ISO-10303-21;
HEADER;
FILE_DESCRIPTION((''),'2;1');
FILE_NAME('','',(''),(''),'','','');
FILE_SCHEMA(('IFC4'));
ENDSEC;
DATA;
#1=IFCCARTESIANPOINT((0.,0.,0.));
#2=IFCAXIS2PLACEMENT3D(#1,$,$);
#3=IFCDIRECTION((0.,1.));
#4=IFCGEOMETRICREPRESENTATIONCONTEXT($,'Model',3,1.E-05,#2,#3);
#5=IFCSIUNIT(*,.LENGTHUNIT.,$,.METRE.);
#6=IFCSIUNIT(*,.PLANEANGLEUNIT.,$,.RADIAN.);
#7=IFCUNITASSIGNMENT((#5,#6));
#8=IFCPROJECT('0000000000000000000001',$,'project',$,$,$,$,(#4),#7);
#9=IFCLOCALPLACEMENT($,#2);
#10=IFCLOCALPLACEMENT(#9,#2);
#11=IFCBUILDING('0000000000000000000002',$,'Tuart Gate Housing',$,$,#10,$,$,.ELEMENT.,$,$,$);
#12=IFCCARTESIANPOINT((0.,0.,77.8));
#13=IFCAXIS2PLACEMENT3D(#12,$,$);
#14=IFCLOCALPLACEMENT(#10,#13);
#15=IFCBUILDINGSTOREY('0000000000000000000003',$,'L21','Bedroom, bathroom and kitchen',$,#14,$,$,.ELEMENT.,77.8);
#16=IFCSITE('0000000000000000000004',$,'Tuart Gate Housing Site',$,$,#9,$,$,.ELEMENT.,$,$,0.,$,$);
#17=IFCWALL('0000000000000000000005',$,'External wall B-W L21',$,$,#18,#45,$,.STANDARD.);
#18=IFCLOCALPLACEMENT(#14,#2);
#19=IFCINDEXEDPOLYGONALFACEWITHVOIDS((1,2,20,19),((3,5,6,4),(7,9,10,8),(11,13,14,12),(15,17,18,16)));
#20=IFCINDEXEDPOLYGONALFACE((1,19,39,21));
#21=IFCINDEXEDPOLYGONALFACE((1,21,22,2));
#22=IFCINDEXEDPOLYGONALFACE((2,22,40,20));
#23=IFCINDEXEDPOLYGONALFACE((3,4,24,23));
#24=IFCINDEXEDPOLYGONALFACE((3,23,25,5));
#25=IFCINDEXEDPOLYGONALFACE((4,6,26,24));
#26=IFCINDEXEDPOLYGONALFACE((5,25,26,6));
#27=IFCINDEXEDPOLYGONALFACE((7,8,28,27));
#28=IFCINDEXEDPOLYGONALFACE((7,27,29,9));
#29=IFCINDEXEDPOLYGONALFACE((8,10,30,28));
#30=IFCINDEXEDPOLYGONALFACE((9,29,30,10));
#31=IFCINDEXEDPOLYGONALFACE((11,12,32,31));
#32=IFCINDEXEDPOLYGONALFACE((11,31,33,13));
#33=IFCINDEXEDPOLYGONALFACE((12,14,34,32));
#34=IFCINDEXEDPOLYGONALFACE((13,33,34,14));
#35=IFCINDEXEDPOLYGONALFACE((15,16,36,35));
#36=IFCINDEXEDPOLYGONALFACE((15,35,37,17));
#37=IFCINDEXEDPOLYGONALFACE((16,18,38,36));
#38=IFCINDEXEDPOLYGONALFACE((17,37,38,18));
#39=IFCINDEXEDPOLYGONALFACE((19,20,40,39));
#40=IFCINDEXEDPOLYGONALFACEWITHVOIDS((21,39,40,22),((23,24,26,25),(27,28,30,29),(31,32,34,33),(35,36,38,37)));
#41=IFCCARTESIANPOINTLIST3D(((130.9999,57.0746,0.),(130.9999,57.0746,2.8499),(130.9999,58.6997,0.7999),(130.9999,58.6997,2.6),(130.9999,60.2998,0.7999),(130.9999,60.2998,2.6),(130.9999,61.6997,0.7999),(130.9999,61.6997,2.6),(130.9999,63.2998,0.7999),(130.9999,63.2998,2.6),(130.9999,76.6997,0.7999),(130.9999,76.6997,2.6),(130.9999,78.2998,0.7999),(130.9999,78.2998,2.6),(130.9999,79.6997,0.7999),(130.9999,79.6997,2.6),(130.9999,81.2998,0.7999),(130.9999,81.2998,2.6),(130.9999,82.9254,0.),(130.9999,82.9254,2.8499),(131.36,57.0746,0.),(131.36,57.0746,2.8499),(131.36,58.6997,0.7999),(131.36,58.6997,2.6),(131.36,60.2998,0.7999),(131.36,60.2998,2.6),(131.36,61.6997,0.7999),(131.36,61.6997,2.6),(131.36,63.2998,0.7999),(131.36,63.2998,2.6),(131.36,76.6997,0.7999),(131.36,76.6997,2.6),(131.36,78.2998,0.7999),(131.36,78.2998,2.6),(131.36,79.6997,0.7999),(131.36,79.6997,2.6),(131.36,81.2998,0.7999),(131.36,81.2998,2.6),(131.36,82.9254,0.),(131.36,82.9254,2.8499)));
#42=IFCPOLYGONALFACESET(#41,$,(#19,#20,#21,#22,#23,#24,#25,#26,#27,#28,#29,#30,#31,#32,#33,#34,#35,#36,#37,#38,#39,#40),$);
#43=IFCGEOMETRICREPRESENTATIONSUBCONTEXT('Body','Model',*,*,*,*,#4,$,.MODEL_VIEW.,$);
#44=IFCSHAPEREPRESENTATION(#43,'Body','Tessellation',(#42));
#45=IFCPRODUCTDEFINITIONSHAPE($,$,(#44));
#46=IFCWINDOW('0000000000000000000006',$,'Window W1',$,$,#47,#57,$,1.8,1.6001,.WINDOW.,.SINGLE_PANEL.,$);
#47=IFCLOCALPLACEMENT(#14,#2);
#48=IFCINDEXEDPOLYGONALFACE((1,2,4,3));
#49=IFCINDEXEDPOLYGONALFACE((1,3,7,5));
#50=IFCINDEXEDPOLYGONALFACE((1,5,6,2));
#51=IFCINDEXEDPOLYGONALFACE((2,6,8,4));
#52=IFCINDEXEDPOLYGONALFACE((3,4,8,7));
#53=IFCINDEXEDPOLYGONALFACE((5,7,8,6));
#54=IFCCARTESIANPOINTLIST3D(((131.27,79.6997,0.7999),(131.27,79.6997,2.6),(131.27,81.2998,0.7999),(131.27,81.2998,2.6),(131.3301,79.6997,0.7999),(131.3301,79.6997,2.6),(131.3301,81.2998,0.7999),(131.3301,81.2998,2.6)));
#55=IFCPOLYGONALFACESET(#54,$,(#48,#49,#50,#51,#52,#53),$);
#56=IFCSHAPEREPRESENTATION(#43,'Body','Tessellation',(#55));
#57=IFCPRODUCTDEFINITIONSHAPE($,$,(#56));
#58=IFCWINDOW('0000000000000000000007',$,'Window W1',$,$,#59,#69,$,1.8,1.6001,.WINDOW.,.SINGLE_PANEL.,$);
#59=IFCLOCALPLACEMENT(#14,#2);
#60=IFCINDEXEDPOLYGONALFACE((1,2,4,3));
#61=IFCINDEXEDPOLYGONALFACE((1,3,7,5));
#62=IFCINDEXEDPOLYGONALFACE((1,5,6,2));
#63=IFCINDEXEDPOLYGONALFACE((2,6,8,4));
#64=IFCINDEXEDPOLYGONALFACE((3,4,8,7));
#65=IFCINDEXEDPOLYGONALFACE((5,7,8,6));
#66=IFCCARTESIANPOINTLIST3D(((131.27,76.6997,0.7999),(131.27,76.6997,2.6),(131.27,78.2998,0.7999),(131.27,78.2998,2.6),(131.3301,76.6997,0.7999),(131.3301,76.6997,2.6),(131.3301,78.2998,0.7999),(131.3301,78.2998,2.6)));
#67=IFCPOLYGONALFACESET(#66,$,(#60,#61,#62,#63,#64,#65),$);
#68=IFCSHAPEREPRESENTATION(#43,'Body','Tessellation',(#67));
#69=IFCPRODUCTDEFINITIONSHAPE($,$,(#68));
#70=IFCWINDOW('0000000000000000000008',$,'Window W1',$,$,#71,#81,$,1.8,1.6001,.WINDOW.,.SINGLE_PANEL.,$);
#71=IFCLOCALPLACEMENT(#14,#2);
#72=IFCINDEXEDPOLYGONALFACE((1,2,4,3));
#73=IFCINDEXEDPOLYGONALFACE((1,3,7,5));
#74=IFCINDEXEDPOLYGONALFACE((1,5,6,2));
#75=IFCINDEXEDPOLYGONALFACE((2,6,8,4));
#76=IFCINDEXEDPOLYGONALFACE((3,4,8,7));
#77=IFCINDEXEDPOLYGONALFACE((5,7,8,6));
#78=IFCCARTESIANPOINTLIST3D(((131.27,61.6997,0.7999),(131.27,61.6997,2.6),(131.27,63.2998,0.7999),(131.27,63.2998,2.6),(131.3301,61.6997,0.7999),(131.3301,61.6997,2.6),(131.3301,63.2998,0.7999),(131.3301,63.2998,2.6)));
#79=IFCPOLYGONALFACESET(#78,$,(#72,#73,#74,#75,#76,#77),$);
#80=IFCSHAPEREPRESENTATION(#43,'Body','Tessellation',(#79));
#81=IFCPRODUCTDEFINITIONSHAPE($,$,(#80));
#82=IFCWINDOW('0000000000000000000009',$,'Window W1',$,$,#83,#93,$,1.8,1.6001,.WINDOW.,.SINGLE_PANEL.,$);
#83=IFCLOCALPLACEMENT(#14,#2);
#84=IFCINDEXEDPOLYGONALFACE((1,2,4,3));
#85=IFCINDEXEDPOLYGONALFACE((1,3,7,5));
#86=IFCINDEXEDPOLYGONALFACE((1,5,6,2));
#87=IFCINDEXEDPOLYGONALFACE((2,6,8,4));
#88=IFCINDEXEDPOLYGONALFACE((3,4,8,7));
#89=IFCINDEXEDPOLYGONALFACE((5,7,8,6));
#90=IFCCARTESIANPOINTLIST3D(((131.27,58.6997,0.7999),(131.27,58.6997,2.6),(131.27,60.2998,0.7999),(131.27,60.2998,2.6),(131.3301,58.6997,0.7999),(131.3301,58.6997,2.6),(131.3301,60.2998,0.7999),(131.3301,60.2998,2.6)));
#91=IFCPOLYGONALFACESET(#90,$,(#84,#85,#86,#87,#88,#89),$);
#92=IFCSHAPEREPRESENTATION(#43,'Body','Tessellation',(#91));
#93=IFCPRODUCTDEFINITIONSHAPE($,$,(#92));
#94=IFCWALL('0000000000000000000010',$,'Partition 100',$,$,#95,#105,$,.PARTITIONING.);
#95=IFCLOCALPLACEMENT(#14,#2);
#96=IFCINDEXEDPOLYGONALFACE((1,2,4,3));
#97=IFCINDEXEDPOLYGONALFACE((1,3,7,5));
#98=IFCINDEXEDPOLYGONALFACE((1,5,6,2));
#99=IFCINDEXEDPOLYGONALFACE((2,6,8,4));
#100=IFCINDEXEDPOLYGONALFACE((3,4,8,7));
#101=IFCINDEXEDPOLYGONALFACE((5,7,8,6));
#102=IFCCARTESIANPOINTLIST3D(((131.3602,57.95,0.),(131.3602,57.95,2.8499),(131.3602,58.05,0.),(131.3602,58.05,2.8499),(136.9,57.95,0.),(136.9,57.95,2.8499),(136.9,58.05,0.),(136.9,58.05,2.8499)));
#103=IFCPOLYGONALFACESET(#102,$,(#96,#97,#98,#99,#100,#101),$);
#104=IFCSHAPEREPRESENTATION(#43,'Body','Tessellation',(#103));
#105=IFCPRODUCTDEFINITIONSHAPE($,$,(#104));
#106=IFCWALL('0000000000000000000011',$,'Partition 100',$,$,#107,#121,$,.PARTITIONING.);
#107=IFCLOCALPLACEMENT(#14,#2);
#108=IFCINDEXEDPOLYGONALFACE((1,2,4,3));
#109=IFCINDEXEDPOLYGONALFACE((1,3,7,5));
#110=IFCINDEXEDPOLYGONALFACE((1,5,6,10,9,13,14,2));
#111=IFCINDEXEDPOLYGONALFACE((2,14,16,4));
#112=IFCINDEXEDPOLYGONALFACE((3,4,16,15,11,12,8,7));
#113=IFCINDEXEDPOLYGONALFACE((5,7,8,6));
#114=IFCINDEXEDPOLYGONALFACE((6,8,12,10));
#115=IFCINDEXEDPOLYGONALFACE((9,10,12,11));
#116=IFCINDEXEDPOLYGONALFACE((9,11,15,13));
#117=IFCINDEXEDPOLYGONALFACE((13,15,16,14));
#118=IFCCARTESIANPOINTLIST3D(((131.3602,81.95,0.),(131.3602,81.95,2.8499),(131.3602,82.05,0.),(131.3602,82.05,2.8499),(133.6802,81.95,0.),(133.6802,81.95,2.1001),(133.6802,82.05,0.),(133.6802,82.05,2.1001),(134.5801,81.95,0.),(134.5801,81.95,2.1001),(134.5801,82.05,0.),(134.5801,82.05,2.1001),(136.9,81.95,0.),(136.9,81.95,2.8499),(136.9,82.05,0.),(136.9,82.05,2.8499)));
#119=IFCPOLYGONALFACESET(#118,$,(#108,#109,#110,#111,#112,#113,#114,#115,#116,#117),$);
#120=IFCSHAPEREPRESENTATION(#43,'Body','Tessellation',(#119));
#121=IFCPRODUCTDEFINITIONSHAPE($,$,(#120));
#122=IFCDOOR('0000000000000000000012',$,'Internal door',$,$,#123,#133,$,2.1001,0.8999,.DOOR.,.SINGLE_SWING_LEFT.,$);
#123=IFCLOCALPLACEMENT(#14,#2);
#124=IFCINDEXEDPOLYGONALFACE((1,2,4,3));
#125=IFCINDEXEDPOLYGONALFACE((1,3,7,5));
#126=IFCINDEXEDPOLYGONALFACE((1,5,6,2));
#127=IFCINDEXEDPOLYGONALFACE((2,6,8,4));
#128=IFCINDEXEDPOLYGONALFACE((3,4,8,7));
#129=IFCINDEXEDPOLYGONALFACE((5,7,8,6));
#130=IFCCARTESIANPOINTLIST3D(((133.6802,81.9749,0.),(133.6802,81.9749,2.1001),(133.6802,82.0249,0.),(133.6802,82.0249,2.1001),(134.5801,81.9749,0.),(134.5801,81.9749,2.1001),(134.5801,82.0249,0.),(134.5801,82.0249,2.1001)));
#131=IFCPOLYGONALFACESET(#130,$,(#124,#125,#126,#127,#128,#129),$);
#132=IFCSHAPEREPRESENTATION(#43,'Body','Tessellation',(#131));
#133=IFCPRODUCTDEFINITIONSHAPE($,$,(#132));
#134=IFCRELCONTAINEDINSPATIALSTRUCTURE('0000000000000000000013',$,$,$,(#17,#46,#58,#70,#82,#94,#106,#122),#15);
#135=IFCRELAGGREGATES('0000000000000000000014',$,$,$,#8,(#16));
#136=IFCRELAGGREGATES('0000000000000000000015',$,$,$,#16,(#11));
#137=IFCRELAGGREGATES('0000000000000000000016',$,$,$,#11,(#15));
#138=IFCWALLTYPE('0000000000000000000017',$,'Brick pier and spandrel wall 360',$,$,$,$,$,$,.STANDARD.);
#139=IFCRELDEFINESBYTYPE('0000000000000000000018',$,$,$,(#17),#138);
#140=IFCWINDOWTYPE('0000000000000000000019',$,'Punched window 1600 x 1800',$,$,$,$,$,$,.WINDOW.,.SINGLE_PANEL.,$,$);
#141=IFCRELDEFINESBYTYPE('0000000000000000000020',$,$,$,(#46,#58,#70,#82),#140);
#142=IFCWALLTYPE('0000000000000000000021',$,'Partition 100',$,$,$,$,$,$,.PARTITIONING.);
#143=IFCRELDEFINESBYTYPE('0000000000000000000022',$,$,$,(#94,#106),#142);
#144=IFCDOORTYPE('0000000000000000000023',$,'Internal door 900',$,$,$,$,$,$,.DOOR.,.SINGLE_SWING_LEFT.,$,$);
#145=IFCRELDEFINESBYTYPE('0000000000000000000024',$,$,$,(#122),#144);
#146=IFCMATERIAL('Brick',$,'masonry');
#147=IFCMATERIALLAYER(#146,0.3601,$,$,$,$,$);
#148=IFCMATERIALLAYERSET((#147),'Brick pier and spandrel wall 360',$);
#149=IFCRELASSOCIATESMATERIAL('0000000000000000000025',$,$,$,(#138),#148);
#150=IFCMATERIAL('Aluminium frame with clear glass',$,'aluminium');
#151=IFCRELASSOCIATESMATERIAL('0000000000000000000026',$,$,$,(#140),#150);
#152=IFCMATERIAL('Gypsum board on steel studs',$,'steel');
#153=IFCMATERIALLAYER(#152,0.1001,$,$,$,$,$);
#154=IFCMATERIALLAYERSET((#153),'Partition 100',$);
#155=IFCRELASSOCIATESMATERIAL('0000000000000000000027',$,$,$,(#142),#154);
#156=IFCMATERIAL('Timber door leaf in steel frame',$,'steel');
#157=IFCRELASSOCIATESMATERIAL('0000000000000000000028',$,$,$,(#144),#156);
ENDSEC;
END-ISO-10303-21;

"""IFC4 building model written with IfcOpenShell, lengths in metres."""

from ifc_helpers import new_model, si_unit, direction, frame, frame_2d, origin, place, context, subcontext, project, spatial, rectangle, extrude, material, layer, layer_set, type_object, element, fill, save


model = new_model("IFC4")

# Units and contexts
model_context = context("Model", 3, precision=1e-05, world=origin(), true_north=direction((0.0, 1.0)))
body_context = subcontext(model_context, "Body", "Model", "MODEL_VIEW")
ifc_project = project(units=[si_unit("LENGTHUNIT", "METRE"), si_unit("PLANEANGLEUNIT", "RADIAN")], contexts=[model_context])

# Site, building, storey
site_placement = place(None, origin())
site = spatial("IfcSite", under=ifc_project, at=site_placement, Name="Tuart Gate Housing Site", CompositionType="ELEMENT", RefElevation=0.0)
building_placement = place(site_placement, origin())
building = spatial("IfcBuilding", under=site, at=building_placement, Name="Tuart Gate Housing", CompositionType="ELEMENT")
storey_placement = place(building_placement, frame((0.0, 0.0, 77.8)))
storey = spatial("IfcBuildingStorey", under=building, at=storey_placement, Name="L21", Description="Bedroom, bathroom and kitchen", CompositionType="ELEMENT", Elevation=77.8)

# Shared definitions
ifc_material_1 = material(Name="Brick", Category="masonry")
ifc_layer_1 = layer(ifc_material_1, 0.3601)
ifc_layer_set_1 = layer_set([ifc_layer_1], Name="Brick pier and spandrel wall 360")
wall_type_1 = type_object("IfcWallType", Name="Brick pier and spandrel wall 360", PredefinedType="STANDARD", material=ifc_layer_set_1)
ifc_material_2 = material(Name="Aluminium frame with clear glass", Category="aluminium")
window_type = type_object("IfcWindowType", Name="Punched window 1600 x 1800", PartitioningType="SINGLE_PANEL", PredefinedType="WINDOW", material=ifc_material_2)

# Wall, openings, windows
wall_1_placement = place(storey_placement, frame((131.1799, 82.9253, 0.0), z_axis=(0.0, 0.0, 1.0), x_axis=(0.0, -1.0, 0.0)))
wall_1 = element("IfcWall", 1, at=wall_1_placement, inside=storey, type_object=wall_type_1, Name="External wall B-W L21", PredefinedType="STANDARD", context=body_context, shape_type="SweptSolid", body=[
    extrude(rectangle(XDim=25.8508, YDim=0.3601, at=frame_2d((12.9253, 0.0))), origin(), (0.0, 0.0, 1.0), 2.8499),
])
opening_1_placement = place(wall_1_placement, frame((1.6255, 0.0, 0.8)))
opening_1 = element("IfcOpeningElement", 2, at=opening_1_placement, cuts=wall_1, PredefinedType="OPENING", context=body_context, shape_type="SweptSolid", body=[
    extrude(rectangle(XDim=1.6001, YDim=1.8, at=frame_2d((0.8, 0.8999))), frame((0.0, 0.1899, 0.0), z_axis=(0.0, -1.0, 0.0), x_axis=(1.0, 0.0, 0.0)), (0.0, 0.0, 1.0), 0.3801),
])
opening_2_placement = place(wall_1_placement, frame((4.6255, 0.0, 0.8)))
opening_2 = element("IfcOpeningElement", 3, at=opening_2_placement, cuts=wall_1, PredefinedType="OPENING", context=body_context, shape_type="SweptSolid", body=[
    extrude(rectangle(XDim=1.6001, YDim=1.8, at=frame_2d((0.8, 0.8999))), frame((0.0, 0.1899, 0.0), z_axis=(0.0, -1.0, 0.0), x_axis=(1.0, 0.0, 0.0)), (0.0, 0.0, 1.0), 0.3801),
])
opening_3_placement = place(wall_1_placement, frame((19.6255, 0.0, 0.8)))
opening_3 = element("IfcOpeningElement", 4, at=opening_3_placement, cuts=wall_1, PredefinedType="OPENING", context=body_context, shape_type="SweptSolid", body=[
    extrude(rectangle(XDim=1.6001, YDim=1.8, at=frame_2d((0.8, 0.8999))), frame((0.0, 0.1899, 0.0), z_axis=(0.0, -1.0, 0.0), x_axis=(1.0, 0.0, 0.0)), (0.0, 0.0, 1.0), 0.3801),
])
opening_4_placement = place(wall_1_placement, frame((22.6255, 0.0, 0.8)))
opening_4 = element("IfcOpeningElement", 5, at=opening_4_placement, cuts=wall_1, PredefinedType="OPENING", context=body_context, shape_type="SweptSolid", body=[
    extrude(rectangle(XDim=1.6001, YDim=1.8, at=frame_2d((0.8, 0.8999))), frame((0.0, 0.1899, 0.0), z_axis=(0.0, -1.0, 0.0), x_axis=(1.0, 0.0, 0.0)), (0.0, 0.0, 1.0), 0.3801),
])
window_1_placement = place(opening_1_placement, origin())
window_1 = element("IfcWindow", 6, at=window_1_placement, inside=storey, type_object=window_type, Name="Window W1", OverallHeight=1.8, OverallWidth=1.6001, PartitioningType="SINGLE_PANEL", PredefinedType="WINDOW", context=body_context, shape_type="SweptSolid", body=[
    extrude(rectangle(XDim=1.6001, YDim=1.8, at=frame_2d((0.8, 0.8999))), frame((0.0, 0.1501, 0.0), z_axis=(0.0, -1.0, 0.0), x_axis=(1.0, 0.0, 0.0)), (0.0, 0.0, 1.0), 0.0601),
])
fill(opening_1, window_1)
window_2_placement = place(opening_2_placement, origin())
window_2 = element("IfcWindow", 7, at=window_2_placement, inside=storey, type_object=window_type, Name="Window W1", OverallHeight=1.8, OverallWidth=1.6001, PartitioningType="SINGLE_PANEL", PredefinedType="WINDOW", context=body_context, shape_type="SweptSolid", body=[
    extrude(rectangle(XDim=1.6001, YDim=1.8, at=frame_2d((0.8, 0.8999))), frame((0.0, 0.1501, 0.0), z_axis=(0.0, -1.0, 0.0), x_axis=(1.0, 0.0, 0.0)), (0.0, 0.0, 1.0), 0.0601),
])
fill(opening_2, window_2)
window_3_placement = place(opening_3_placement, origin())
window_3 = element("IfcWindow", 8, at=window_3_placement, inside=storey, type_object=window_type, Name="Window W1", OverallHeight=1.8, OverallWidth=1.6001, PartitioningType="SINGLE_PANEL", PredefinedType="WINDOW", context=body_context, shape_type="SweptSolid", body=[
    extrude(rectangle(XDim=1.6001, YDim=1.8, at=frame_2d((0.8, 0.8999))), frame((0.0, 0.1501, 0.0), z_axis=(0.0, -1.0, 0.0), x_axis=(1.0, 0.0, 0.0)), (0.0, 0.0, 1.0), 0.0601),
])
fill(opening_3, window_3)
window_4_placement = place(opening_4_placement, origin())
window_4 = element("IfcWindow", 9, at=window_4_placement, inside=storey, type_object=window_type, Name="Window W1", OverallHeight=1.8, OverallWidth=1.6001, PartitioningType="SINGLE_PANEL", PredefinedType="WINDOW", context=body_context, shape_type="SweptSolid", body=[
    extrude(rectangle(XDim=1.6001, YDim=1.8, at=frame_2d((0.8, 0.8999))), frame((0.0, 0.1501, 0.0), z_axis=(0.0, -1.0, 0.0), x_axis=(1.0, 0.0, 0.0)), (0.0, 0.0, 1.0), 0.0601),
])
fill(opening_4, window_4)

# Wall
ifc_material_3 = material(Name="Gypsum board on steel studs", Category="steel")
ifc_layer_2 = layer(ifc_material_3, 0.1001)
ifc_layer_set_2 = layer_set([ifc_layer_2], Name="Partition 100")
wall_type_2 = type_object("IfcWallType", Name="Partition 100", PredefinedType="PARTITIONING", material=ifc_layer_set_2)
wall_2_placement = place(storey_placement, frame((131.3601, 58.0, 0.0), z_axis=(0.0, 0.0, 1.0), x_axis=(1.0, 0.0, 0.0)))
element("IfcWall", 10, at=wall_2_placement, inside=storey, type_object=wall_type_2, Name="Partition 100", PredefinedType="PARTITIONING", context=body_context, shape_type="SweptSolid", body=[
    extrude(rectangle(XDim=5.5398, YDim=0.1001, at=frame_2d((2.77, 0.0))), origin(), (0.0, 0.0, 1.0), 2.8499),
])

# Wall, opening, door
wall_3_placement = place(storey_placement, frame((131.3601, 82.0, 0.0), z_axis=(0.0, 0.0, 1.0), x_axis=(1.0, 0.0, 0.0)))
wall_3 = element("IfcWall", 11, at=wall_3_placement, inside=storey, type_object=wall_type_2, Name="Partition 100", PredefinedType="PARTITIONING", context=body_context, shape_type="SweptSolid", body=[
    extrude(rectangle(XDim=5.5398, YDim=0.1001, at=frame_2d((2.77, 0.0))), origin(), (0.0, 0.0, 1.0), 2.8499),
])
opening_5_placement = place(wall_3_placement, frame((2.3201, 0.0, 0.0)))
opening_5 = element("IfcOpeningElement", 12, at=opening_5_placement, cuts=wall_3, PredefinedType="OPENING", context=body_context, shape_type="SweptSolid", body=[
    extrude(rectangle(XDim=0.8999, YDim=2.1001, at=frame_2d((0.45, 1.05))), frame((0.0, 0.0601, 0.0), z_axis=(0.0, -1.0, 0.0), x_axis=(1.0, 0.0, 0.0)), (0.0, 0.0, 1.0), 0.1201),
])
ifc_material_4 = material(Name="Timber door leaf in steel frame", Category="steel")
door_type = type_object("IfcDoorType", Name="Internal door 900", OperationType="SINGLE_SWING_LEFT", PredefinedType="DOOR", material=ifc_material_4)
door_placement = place(opening_5_placement, origin())
door = element("IfcDoor", 13, at=door_placement, inside=storey, type_object=door_type, Name="Internal door", OperationType="SINGLE_SWING_LEFT", OverallHeight=2.1001, OverallWidth=0.8999, PredefinedType="DOOR", context=body_context, shape_type="SweptSolid", body=[
    extrude(rectangle(XDim=0.8999, YDim=2.1001, at=frame_2d((0.45, 1.05))), frame((0.0, 0.0249, 0.0), z_axis=(0.0, -1.0, 0.0), x_axis=(1.0, 0.0, 0.0)), (0.0, 0.0, 1.0), 0.05),
])
fill(opening_5, door)

save(model, "model.ifc")
